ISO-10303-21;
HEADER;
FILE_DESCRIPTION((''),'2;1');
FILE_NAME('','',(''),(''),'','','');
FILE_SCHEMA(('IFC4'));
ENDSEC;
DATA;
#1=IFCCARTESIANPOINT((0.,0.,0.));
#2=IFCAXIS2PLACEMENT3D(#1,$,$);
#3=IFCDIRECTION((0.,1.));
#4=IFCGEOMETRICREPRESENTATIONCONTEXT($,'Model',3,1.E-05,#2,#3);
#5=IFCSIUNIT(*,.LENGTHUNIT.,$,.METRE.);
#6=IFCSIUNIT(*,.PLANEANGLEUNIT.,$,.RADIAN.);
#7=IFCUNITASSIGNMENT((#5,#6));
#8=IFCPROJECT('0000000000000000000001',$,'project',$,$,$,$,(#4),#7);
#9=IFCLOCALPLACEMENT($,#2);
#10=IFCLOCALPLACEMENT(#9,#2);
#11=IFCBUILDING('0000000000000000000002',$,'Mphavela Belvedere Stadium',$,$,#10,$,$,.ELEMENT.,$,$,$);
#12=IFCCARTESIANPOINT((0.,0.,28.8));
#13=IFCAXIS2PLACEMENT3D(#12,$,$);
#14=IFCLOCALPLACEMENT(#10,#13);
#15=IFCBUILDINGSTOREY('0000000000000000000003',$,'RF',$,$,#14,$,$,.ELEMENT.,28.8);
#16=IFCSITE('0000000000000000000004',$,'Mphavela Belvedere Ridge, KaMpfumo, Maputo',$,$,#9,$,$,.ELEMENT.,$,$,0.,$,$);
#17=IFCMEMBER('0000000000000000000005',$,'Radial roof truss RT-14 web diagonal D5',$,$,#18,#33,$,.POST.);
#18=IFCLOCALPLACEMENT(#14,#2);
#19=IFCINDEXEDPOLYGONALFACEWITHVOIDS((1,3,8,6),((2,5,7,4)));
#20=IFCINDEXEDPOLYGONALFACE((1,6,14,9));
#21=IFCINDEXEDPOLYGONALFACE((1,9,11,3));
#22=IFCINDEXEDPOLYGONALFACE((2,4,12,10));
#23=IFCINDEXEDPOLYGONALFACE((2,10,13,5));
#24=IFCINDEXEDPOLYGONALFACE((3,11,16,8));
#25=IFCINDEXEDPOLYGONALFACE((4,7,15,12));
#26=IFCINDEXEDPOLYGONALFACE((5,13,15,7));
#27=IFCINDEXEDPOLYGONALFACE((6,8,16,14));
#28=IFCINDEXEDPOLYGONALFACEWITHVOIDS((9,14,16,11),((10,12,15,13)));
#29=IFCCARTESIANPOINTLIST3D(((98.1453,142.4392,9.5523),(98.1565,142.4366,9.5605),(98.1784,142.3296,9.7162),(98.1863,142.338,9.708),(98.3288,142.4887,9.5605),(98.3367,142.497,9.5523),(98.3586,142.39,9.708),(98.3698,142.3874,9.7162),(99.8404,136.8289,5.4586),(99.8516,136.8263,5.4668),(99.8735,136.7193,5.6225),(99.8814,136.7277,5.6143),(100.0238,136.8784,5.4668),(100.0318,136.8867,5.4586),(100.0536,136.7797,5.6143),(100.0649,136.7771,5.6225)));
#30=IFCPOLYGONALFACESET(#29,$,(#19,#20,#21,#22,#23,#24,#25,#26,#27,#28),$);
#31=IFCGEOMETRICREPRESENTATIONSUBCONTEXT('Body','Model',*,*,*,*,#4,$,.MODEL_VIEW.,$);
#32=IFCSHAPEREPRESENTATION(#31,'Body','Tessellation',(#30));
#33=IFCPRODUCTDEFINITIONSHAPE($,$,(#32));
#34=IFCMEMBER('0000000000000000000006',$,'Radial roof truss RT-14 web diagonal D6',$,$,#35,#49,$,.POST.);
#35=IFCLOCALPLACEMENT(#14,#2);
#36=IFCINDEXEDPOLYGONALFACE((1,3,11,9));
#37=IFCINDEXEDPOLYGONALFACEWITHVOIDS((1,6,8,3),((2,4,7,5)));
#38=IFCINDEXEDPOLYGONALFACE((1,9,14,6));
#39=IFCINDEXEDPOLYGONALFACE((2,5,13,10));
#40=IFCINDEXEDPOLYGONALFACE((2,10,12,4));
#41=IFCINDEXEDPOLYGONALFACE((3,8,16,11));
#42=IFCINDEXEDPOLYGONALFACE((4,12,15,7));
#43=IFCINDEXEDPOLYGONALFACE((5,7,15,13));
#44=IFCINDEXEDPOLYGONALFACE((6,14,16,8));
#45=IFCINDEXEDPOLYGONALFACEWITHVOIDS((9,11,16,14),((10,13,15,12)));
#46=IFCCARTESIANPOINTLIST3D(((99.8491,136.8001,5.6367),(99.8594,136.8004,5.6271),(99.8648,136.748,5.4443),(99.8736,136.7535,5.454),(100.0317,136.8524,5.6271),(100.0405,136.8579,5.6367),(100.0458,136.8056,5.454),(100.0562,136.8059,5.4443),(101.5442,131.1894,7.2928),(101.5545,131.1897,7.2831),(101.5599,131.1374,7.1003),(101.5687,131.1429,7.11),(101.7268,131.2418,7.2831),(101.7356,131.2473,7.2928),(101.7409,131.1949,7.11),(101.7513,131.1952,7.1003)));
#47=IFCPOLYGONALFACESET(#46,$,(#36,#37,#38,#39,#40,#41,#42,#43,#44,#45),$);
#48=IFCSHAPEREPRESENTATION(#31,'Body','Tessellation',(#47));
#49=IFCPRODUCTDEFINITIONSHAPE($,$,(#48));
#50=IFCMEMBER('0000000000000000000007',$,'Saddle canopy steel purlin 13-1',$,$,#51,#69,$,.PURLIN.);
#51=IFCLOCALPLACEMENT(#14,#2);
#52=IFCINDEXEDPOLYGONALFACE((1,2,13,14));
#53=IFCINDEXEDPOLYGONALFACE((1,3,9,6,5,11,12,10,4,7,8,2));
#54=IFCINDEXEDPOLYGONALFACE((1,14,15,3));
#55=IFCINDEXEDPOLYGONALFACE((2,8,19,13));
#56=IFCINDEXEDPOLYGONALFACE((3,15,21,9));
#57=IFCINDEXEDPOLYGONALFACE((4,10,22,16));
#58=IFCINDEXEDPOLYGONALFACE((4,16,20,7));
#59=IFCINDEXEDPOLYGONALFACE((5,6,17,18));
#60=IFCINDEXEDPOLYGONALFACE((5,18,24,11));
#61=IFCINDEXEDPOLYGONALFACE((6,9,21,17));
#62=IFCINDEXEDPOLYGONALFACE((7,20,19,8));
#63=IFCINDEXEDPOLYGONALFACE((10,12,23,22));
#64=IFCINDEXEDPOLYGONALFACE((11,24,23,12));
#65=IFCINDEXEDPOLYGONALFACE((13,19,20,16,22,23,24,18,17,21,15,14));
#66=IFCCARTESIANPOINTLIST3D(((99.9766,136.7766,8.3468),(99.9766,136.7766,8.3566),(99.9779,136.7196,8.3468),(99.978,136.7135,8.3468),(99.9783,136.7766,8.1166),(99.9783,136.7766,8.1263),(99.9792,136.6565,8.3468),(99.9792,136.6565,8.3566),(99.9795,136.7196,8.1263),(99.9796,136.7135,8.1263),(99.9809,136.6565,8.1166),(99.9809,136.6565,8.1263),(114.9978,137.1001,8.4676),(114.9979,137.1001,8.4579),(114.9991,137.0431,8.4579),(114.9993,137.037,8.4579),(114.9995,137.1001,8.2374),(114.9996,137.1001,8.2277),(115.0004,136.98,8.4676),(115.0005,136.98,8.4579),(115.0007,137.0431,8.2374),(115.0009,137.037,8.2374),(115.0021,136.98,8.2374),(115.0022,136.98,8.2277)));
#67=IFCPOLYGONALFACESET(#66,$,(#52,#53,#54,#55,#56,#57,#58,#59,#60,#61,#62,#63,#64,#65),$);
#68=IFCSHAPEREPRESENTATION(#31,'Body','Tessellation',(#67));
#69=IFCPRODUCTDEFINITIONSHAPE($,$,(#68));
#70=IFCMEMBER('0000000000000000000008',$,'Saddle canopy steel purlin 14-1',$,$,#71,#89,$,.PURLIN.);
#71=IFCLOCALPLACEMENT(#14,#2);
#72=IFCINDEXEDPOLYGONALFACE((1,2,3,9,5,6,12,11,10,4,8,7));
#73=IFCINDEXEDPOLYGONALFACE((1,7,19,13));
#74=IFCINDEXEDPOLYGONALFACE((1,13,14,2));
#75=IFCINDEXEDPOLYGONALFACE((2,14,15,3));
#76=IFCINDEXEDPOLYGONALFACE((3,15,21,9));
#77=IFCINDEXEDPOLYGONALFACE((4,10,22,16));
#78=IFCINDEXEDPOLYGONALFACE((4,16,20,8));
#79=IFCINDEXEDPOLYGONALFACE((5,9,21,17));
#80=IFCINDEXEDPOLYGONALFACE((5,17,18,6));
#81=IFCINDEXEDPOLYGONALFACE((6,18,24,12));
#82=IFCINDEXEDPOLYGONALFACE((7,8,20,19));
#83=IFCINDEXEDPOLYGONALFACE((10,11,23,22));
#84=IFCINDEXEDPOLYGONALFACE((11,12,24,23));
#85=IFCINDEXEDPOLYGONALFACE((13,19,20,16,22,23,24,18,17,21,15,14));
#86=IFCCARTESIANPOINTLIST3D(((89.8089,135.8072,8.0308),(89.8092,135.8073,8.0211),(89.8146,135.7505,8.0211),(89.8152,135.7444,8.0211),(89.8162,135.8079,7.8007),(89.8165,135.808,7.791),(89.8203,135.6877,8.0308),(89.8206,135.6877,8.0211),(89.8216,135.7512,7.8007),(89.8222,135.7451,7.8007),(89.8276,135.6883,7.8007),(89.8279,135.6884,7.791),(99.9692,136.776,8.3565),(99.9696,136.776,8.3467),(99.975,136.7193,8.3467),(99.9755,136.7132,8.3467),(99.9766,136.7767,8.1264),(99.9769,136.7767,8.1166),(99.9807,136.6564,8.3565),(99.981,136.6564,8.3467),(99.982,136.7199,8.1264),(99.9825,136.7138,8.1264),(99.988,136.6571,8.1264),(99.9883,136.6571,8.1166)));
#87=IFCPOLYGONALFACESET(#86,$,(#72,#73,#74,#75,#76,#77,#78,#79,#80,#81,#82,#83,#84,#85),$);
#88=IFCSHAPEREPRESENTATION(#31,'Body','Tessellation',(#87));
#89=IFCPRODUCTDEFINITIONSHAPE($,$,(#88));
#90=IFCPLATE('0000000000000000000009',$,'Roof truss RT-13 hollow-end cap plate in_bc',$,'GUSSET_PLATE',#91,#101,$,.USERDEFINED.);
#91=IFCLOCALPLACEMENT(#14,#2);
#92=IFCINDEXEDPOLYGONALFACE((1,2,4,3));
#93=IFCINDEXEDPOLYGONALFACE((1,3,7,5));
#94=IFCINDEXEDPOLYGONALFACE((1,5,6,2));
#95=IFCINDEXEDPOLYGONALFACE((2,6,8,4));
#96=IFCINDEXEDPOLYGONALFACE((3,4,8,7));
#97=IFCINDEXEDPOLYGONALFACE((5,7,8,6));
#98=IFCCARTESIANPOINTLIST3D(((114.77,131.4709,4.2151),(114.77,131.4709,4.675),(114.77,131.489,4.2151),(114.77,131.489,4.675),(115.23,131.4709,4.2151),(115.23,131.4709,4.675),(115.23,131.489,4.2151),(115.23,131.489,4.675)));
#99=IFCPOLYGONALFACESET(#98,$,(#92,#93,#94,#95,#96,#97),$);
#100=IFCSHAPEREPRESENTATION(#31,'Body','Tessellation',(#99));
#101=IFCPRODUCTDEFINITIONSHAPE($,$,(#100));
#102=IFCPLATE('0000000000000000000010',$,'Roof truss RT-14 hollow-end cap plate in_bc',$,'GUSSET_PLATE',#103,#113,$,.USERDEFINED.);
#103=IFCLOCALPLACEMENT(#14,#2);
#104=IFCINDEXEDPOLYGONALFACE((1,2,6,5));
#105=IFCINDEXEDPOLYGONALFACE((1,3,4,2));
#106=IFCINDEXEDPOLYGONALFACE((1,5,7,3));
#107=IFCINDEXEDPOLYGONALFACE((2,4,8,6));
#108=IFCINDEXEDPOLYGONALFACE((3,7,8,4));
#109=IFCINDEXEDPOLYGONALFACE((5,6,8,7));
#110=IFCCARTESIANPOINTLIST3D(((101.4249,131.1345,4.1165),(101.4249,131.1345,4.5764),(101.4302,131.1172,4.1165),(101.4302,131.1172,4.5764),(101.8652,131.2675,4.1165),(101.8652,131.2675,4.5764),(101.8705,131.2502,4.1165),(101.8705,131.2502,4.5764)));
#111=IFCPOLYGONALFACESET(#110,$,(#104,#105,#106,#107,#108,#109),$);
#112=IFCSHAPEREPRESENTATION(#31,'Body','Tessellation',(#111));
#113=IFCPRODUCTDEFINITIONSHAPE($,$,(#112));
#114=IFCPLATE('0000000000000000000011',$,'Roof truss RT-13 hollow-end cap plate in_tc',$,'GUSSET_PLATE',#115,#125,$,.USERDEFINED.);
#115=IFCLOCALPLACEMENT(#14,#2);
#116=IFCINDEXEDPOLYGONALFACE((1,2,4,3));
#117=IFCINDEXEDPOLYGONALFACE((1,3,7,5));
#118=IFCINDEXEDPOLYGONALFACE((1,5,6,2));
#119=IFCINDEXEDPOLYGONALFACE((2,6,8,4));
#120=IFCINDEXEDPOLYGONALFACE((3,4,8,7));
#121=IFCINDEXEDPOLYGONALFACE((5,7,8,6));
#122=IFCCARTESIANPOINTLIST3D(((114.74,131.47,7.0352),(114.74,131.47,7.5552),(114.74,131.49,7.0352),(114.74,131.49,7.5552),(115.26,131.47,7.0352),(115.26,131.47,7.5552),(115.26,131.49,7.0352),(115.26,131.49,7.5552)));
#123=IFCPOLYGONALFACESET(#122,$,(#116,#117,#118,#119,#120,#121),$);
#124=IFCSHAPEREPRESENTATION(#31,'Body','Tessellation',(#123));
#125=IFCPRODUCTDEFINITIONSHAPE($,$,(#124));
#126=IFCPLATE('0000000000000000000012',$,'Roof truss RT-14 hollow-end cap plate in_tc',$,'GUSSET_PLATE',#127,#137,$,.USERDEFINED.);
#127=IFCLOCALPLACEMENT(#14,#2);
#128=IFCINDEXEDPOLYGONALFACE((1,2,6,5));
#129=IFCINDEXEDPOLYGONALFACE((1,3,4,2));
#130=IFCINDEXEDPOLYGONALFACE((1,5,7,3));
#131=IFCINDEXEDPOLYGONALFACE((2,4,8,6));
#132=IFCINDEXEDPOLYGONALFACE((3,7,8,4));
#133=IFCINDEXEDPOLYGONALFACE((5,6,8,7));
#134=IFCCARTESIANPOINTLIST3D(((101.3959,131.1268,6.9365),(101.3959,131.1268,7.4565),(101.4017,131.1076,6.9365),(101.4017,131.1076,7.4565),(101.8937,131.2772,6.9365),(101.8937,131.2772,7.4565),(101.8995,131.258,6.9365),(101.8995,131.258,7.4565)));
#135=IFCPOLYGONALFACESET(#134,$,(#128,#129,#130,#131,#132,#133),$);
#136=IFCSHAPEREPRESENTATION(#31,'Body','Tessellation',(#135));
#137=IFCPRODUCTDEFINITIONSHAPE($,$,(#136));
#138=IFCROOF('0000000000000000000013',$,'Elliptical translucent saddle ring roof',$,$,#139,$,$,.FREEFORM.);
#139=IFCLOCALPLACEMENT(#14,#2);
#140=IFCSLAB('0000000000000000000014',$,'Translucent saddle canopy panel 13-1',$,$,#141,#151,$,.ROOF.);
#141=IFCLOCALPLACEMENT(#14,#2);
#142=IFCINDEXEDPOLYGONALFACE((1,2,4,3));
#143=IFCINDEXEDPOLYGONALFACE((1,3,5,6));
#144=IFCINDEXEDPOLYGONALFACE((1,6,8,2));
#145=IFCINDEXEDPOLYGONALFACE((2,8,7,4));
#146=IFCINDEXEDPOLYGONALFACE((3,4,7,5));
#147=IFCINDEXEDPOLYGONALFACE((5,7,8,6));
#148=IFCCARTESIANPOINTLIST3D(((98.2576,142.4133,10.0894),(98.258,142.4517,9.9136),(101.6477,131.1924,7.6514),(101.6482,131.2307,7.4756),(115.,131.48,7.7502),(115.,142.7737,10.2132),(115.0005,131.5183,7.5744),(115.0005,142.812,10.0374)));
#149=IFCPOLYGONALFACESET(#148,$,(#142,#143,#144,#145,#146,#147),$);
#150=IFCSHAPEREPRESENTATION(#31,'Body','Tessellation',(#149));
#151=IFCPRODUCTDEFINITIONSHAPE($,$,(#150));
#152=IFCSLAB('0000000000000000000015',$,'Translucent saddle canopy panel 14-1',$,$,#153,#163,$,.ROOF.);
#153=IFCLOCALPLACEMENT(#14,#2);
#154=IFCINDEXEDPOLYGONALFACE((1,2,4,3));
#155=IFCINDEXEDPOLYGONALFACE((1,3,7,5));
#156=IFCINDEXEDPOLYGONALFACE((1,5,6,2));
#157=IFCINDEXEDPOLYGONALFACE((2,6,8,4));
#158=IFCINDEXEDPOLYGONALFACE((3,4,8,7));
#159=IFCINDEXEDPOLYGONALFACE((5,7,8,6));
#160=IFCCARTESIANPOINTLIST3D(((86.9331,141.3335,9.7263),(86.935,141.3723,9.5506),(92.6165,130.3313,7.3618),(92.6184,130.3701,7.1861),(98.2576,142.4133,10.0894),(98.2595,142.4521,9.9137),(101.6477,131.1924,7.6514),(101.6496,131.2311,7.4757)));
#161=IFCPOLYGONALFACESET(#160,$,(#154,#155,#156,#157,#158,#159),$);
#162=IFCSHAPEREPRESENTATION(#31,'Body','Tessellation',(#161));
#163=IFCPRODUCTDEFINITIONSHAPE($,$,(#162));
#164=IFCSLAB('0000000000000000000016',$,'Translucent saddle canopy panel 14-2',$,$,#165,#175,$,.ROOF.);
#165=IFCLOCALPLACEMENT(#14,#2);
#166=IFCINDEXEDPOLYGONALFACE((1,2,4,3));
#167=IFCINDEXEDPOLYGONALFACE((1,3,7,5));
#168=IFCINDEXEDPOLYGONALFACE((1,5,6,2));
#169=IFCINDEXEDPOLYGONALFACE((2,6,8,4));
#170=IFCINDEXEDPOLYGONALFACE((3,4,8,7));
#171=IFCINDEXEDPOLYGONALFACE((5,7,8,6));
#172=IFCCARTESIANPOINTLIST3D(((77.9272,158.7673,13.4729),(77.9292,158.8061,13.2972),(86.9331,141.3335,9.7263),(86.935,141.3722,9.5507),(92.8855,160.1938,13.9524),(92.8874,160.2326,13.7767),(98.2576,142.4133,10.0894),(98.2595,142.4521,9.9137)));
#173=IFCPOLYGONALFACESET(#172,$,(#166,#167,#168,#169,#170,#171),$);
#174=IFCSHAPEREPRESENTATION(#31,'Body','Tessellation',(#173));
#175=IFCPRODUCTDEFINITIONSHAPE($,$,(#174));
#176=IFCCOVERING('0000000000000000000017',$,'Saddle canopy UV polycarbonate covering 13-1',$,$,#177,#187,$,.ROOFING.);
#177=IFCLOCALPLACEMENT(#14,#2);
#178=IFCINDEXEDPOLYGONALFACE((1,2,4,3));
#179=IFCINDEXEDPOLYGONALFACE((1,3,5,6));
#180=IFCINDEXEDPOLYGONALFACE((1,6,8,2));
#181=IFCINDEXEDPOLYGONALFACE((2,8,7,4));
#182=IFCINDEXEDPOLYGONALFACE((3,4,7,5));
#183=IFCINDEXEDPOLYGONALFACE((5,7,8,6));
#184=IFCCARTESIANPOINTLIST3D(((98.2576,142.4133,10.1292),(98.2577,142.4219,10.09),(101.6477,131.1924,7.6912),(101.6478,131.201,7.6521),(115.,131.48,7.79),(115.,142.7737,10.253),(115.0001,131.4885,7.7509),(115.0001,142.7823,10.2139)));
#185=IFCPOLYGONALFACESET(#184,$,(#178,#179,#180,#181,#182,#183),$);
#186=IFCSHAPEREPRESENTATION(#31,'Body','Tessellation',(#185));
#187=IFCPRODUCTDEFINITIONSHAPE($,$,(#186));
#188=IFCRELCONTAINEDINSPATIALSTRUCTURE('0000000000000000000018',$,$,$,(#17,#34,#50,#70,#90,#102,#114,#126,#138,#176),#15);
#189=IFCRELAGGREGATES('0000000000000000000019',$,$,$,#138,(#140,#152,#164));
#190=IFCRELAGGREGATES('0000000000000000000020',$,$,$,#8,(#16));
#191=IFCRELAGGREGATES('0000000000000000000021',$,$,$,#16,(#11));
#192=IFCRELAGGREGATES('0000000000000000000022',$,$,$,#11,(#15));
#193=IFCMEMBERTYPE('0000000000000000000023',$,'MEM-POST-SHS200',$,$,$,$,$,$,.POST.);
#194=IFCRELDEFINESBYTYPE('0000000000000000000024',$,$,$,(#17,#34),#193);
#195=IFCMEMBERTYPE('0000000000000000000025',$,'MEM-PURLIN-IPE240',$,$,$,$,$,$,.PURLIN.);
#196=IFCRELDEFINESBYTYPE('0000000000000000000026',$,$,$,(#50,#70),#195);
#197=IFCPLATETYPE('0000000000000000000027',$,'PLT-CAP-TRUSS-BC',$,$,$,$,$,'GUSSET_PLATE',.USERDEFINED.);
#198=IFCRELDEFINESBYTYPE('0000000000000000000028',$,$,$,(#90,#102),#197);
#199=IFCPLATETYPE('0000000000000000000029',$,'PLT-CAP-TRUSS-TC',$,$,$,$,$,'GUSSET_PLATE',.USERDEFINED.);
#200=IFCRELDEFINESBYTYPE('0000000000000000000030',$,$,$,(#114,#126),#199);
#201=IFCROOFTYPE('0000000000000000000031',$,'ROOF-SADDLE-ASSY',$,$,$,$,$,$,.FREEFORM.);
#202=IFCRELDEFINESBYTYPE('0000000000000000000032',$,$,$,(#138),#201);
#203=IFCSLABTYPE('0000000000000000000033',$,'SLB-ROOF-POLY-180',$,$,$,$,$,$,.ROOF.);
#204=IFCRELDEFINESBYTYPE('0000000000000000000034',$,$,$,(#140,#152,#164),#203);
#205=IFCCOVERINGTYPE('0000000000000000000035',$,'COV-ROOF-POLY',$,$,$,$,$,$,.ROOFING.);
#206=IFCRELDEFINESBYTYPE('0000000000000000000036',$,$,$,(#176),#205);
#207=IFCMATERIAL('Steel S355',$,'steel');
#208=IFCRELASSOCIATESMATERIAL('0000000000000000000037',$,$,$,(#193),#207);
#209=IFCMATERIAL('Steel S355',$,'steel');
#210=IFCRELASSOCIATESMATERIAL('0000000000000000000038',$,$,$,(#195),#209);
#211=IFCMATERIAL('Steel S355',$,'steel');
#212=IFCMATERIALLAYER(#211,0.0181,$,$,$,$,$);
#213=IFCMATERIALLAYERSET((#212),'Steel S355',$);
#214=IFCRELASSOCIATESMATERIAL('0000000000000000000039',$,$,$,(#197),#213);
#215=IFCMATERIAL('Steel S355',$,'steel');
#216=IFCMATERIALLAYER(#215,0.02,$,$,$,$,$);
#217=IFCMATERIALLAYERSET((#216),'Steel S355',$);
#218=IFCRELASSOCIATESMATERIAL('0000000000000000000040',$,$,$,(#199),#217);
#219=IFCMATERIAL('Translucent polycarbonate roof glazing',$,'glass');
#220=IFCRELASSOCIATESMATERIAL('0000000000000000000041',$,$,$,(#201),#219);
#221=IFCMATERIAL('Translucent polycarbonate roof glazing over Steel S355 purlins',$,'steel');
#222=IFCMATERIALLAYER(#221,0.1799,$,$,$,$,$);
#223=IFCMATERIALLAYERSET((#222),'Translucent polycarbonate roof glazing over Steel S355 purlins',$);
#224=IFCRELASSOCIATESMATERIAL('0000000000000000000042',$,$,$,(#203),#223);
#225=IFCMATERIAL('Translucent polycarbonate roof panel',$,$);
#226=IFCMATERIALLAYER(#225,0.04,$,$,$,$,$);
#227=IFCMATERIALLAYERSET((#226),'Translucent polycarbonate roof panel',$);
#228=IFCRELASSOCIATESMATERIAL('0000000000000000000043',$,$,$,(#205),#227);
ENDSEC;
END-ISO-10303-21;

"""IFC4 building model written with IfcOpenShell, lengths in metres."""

from ifc_helpers import new_model, si_unit, direction, frame, origin, origin_2d, place, context, subcontext, project, spatial, polyline, rectangle, hollow_rectangle, i_section, outline, extrude, material, layer, layer_set, material_profile, profile_set, type_object, element, aggregate, save


model = new_model("IFC4")

# Units and contexts
model_context = context("Model", 3, precision=1e-05, world=origin(), true_north=direction((0.0, 1.0)))
body_context = subcontext(model_context, "Body", "Model", "MODEL_VIEW")
ifc_project = project(units=[si_unit("LENGTHUNIT", "METRE"), si_unit("PLANEANGLEUNIT", "RADIAN")], contexts=[model_context])

# Site, building, storey
site_placement = place(None, origin())
site = spatial("IfcSite", under=ifc_project, at=site_placement, Name="Mphavela Belvedere Ridge, KaMpfumo, Maputo", CompositionType="ELEMENT", RefElevation=0.0)
building_placement = place(site_placement, origin())
building = spatial("IfcBuilding", under=site, at=building_placement, Name="Mphavela Belvedere Stadium", CompositionType="ELEMENT")
storey_placement = place(building_placement, frame((0.0, 0.0, 28.8)))
storey = spatial("IfcBuildingStorey", under=building, at=storey_placement, Name="RF", CompositionType="ELEMENT", Elevation=28.8)

# Members
ifc_material_1 = material(Name="Steel S355", Category="steel")
ifc_material_profile_1 = material_profile(ifc_material_1, hollow_rectangle(XDim=0.2, YDim=0.2, WallThickness=0.01, at=origin_2d()), Name="SHS 200x200x10")
ifc_profile_set_1 = profile_set([ifc_material_profile_1], Name="Steel S355")
member_type_1 = type_object("IfcMemberType", Name="MEM-POST-SHS200", PredefinedType="POST", material=ifc_profile_set_1)
member_1_placement = place(storey_placement, frame((98.2576, 142.4133, 9.6343), z_axis=(0.237106, -0.784775, -0.572633), x_axis=(0.957263, 0.28922, 0.0)))
element("IfcMember", 1, at=member_1_placement, inside=storey, type_object=member_type_1, Name="Radial roof truss RT-14 web diagonal D5", PredefinedType="POST", context=body_context, shape_type="SweptSolid", body=[
    extrude(hollow_rectangle(XDim=0.2, YDim=0.2, WallThickness=0.01, at=origin_2d()), origin(), (0.0, 0.0, 1.0), 7.1489),
])
member_2_placement = place(storey_placement, frame((99.9526, 136.803, 5.5405), z_axis=(0.278313, -0.921202, 0.271899), x_axis=(0.957266, 0.289208, 0.0)))
element("IfcMember", 2, at=member_2_placement, inside=storey, type_object=member_type_1, Name="Radial roof truss RT-14 web diagonal D6", PredefinedType="POST", context=body_context, shape_type="SweptSolid", body=[
    extrude(hollow_rectangle(XDim=0.2, YDim=0.2, WallThickness=0.01, at=origin_2d()), origin(), (0.0, 0.0, 1.0), 6.0906),
])
ifc_material_2 = material(Name="Steel S355", Category="steel")
ifc_material_profile_2 = material_profile(ifc_material_2, i_section(OverallWidth=0.1201, OverallDepth=0.24, WebThickness=0.0061, FlangeThickness=0.0098, at=origin_2d()), Name="IPE 240")
ifc_profile_set_2 = profile_set([ifc_material_profile_2], Name="Steel S355")
member_type_2 = type_object("IfcMemberType", Name="MEM-PURLIN-IPE240", PredefinedType="PURLIN", material=ifc_profile_set_2)
member_3_placement = place(storey_placement, frame((115.0, 137.04, 8.3477), z_axis=(-0.999741, -0.02153, -0.007393), x_axis=(0.02153, -0.999768, 0.0)))
element("IfcMember", 3, at=member_3_placement, inside=storey, type_object=member_type_2, Name="Saddle canopy steel purlin 13-1", PredefinedType="PURLIN", context=body_context, shape_type="SweptSolid", body=[
    extrude(i_section(OverallWidth=0.1201, OverallDepth=0.24, WebThickness=0.0061, FlangeThickness=0.0098, at=origin_2d()), origin(), (0.0, 0.0, 1.0), 15.0251),
])
member_4_placement = place(storey_placement, frame((99.9788, 136.7166, 8.2366), z_axis=(-0.994979, -0.094867, -0.031893), x_axis=(0.094915, -0.995485, 0.0)))
element("IfcMember", 4, at=member_4_placement, inside=storey, type_object=member_type_2, Name="Saddle canopy steel purlin 14-1", PredefinedType="PURLIN", context=body_context, shape_type="SweptSolid", body=[
    extrude(i_section(OverallWidth=0.1201, OverallDepth=0.24, WebThickness=0.0061, FlangeThickness=0.0098, at=origin_2d()), origin(), (0.0, 0.0, 1.0), 10.2117),
])

# Plates
ifc_material_3 = material(Name="Steel S355", Category="steel")
ifc_layer_1 = layer(ifc_material_3, 0.0181)
ifc_layer_set_1 = layer_set([ifc_layer_1], Name="Steel S355")
plate_type_1 = type_object("IfcPlateType", Name="PLT-CAP-TRUSS-BC", ElementType="GUSSET_PLATE", PredefinedType="USERDEFINED", material=ifc_layer_set_1)
for number, where, z_axis, x_axis, name in (
    (5, (115.0, 131.48, 4.2151), (0.0, 0.0, 1.0), (0.0, 1.0, 0.0), "Roof truss RT-13 hollow-end cap plate in_bc"),
    (6, (101.6477, 131.1924, 4.1165), (0.0, 0.0, 1.0), (-0.289199, 0.957269, 0.0), "Roof truss RT-14 hollow-end cap plate in_bc"),
):
    element("IfcPlate", number, at=place(storey_placement, frame(where, z_axis=z_axis, x_axis=x_axis)), inside=storey, type_object=plate_type_1, Name=name, ObjectType="GUSSET_PLATE", PredefinedType="USERDEFINED", context=body_context, shape_type="SweptSolid", body=[
        extrude(rectangle(XDim=0.0181, YDim=0.46, at=origin_2d()), origin(), (0.0, 0.0, 1.0), 0.46),
    ])
ifc_material_4 = material(Name="Steel S355", Category="steel")
ifc_layer_2 = layer(ifc_material_4, 0.02)
ifc_layer_set_2 = layer_set([ifc_layer_2], Name="Steel S355")
plate_type_2 = type_object("IfcPlateType", Name="PLT-CAP-TRUSS-TC", ElementType="GUSSET_PLATE", PredefinedType="USERDEFINED", material=ifc_layer_set_2)
for number, where, z_axis, x_axis, name in (
    (7, (115.0, 131.48, 7.0352), (0.0, 0.0, 1.0), (0.0, 1.0, 0.0), "Roof truss RT-13 hollow-end cap plate in_tc"),
    (8, (101.6477, 131.1924, 6.9365), (0.0, 0.0, 1.0), (-0.289199, 0.957269, 0.0), "Roof truss RT-14 hollow-end cap plate in_tc"),
):
    element("IfcPlate", number, at=place(storey_placement, frame(where, z_axis=z_axis, x_axis=x_axis)), inside=storey, type_object=plate_type_2, Name=name, ObjectType="GUSSET_PLATE", PredefinedType="USERDEFINED", context=body_context, shape_type="SweptSolid", body=[
        extrude(rectangle(XDim=0.02, YDim=0.52, at=origin_2d()), origin(), (0.0, 0.0, 1.0), 0.52),
    ])

# Roof, slabs
ifc_material_5 = material(Name="Translucent polycarbonate roof glazing", Category="glass")
roof_type = type_object("IfcRoofType", Name="ROOF-SADDLE-ASSY", PredefinedType="FREEFORM", material=ifc_material_5)
roof_placement = place(storey_placement, origin())
roof = element("IfcRoof", 9, at=roof_placement, inside=storey, type_object=roof_type, Name="Elliptical translucent saddle ring roof", PredefinedType="FREEFORM")
ifc_material_6 = material(Name="Translucent polycarbonate roof glazing over Steel S355 purlins", Category="steel")
ifc_layer_3 = layer(ifc_material_6, 0.1799)
ifc_layer_set_3 = layer_set([ifc_layer_3], Name="Translucent polycarbonate roof glazing over Steel S355 purlins")
slab_type = type_object("IfcSlabType", Name="SLB-ROOF-POLY-180", PredefinedType="ROOF", material=ifc_layer_set_3)
slab_1_placement = place(storey_placement, frame((115.0, 131.48, 7.7502), z_axis=(-0.002641, -0.213073, 0.977033), x_axis=(-0.999741, -0.021535, -0.007399)))
slab_1 = element("IfcSlab", 10, at=slab_1_placement, type_object=slab_type, Name="Translucent saddle canopy panel 13-1", PredefinedType="ROOF", context=body_context, shape_type="SweptSolid", body=[
    extrude(outline(polyline([(0.0, 0.0), (13.3558, 0.0), (16.4853, -11.5565), (-0.2614, -11.5562), (0.0, 0.0)])), origin(), (0.0, 0.0, -1.0), 0.1799),
])
slab_2_placement = place(storey_placement, frame((101.6477, 131.1924, 7.6514), z_axis=(-0.010765, -0.215412, 0.976464), x_axis=(-0.994979, -0.094867, -0.031897)))
slab_2 = element("IfcSlab", 11, at=slab_2_placement, type_object=slab_type, Name="Translucent saddle canopy panel 14-1", PredefinedType="ROOF", context=body_context, shape_type="SweptSolid", body=[
    extrude(outline(polyline([(0.0, 0.0), (9.0768, 0.0), (13.6125, -11.763), (2.2309, -11.7631), (0.0, 0.0)])), origin(), (0.0, 0.0, -1.0), 0.1799),
])
slab_3_placement = place(storey_placement, frame((98.2576, 142.4133, 10.0894), z_axis=(-0.010761, -0.215402, 0.976466), x_axis=(-0.994978, -0.094876, -0.031894)))
slab_3 = element("IfcSlab", 12, at=slab_3_placement, type_object=slab_type, Name="Translucent saddle canopy panel 14-2", PredefinedType="ROOF", context=body_context, shape_type="SweptSolid", body=[
    extrude(outline(polyline([(0.0, 0.0), (11.3816, 0.0), (18.5687, -18.6394), (3.5349, -18.6396), (0.0, 0.0)])), origin(), (0.0, 0.0, -1.0), 0.1799),
])
aggregate(roof, [slab_1, slab_2, slab_3])

# Covering
ifc_material_7 = material(Name="Translucent polycarbonate roof panel")
ifc_layer_4 = layer(ifc_material_7, 0.04)
ifc_layer_set_4 = layer_set([ifc_layer_4], Name="Translucent polycarbonate roof panel")
covering_type = type_object("IfcCoveringType", Name="COV-ROOF-POLY", PredefinedType="ROOFING", material=ifc_layer_set_4)
covering_1_placement = place(storey_placement, frame((115.0, 131.48, 7.79), z_axis=(-0.002641, -0.213073, 0.977033), x_axis=(-0.999741, -0.021531, -0.007398)))
element("IfcCovering", 13, at=covering_1_placement, inside=storey, type_object=covering_type, Name="Saddle canopy UV polycarbonate covering 13-1", PredefinedType="ROOFING", context=body_context, shape_type="SweptSolid", body=[
    extrude(outline(polyline([(0.0, 0.0), (13.3558, 0.0), (16.4854, -11.5564), (-0.2614, -11.5562), (0.0, 0.0)])), origin(), (0.0, 0.0, -1.0), 0.04),
])

save(model, "model.ifc")
